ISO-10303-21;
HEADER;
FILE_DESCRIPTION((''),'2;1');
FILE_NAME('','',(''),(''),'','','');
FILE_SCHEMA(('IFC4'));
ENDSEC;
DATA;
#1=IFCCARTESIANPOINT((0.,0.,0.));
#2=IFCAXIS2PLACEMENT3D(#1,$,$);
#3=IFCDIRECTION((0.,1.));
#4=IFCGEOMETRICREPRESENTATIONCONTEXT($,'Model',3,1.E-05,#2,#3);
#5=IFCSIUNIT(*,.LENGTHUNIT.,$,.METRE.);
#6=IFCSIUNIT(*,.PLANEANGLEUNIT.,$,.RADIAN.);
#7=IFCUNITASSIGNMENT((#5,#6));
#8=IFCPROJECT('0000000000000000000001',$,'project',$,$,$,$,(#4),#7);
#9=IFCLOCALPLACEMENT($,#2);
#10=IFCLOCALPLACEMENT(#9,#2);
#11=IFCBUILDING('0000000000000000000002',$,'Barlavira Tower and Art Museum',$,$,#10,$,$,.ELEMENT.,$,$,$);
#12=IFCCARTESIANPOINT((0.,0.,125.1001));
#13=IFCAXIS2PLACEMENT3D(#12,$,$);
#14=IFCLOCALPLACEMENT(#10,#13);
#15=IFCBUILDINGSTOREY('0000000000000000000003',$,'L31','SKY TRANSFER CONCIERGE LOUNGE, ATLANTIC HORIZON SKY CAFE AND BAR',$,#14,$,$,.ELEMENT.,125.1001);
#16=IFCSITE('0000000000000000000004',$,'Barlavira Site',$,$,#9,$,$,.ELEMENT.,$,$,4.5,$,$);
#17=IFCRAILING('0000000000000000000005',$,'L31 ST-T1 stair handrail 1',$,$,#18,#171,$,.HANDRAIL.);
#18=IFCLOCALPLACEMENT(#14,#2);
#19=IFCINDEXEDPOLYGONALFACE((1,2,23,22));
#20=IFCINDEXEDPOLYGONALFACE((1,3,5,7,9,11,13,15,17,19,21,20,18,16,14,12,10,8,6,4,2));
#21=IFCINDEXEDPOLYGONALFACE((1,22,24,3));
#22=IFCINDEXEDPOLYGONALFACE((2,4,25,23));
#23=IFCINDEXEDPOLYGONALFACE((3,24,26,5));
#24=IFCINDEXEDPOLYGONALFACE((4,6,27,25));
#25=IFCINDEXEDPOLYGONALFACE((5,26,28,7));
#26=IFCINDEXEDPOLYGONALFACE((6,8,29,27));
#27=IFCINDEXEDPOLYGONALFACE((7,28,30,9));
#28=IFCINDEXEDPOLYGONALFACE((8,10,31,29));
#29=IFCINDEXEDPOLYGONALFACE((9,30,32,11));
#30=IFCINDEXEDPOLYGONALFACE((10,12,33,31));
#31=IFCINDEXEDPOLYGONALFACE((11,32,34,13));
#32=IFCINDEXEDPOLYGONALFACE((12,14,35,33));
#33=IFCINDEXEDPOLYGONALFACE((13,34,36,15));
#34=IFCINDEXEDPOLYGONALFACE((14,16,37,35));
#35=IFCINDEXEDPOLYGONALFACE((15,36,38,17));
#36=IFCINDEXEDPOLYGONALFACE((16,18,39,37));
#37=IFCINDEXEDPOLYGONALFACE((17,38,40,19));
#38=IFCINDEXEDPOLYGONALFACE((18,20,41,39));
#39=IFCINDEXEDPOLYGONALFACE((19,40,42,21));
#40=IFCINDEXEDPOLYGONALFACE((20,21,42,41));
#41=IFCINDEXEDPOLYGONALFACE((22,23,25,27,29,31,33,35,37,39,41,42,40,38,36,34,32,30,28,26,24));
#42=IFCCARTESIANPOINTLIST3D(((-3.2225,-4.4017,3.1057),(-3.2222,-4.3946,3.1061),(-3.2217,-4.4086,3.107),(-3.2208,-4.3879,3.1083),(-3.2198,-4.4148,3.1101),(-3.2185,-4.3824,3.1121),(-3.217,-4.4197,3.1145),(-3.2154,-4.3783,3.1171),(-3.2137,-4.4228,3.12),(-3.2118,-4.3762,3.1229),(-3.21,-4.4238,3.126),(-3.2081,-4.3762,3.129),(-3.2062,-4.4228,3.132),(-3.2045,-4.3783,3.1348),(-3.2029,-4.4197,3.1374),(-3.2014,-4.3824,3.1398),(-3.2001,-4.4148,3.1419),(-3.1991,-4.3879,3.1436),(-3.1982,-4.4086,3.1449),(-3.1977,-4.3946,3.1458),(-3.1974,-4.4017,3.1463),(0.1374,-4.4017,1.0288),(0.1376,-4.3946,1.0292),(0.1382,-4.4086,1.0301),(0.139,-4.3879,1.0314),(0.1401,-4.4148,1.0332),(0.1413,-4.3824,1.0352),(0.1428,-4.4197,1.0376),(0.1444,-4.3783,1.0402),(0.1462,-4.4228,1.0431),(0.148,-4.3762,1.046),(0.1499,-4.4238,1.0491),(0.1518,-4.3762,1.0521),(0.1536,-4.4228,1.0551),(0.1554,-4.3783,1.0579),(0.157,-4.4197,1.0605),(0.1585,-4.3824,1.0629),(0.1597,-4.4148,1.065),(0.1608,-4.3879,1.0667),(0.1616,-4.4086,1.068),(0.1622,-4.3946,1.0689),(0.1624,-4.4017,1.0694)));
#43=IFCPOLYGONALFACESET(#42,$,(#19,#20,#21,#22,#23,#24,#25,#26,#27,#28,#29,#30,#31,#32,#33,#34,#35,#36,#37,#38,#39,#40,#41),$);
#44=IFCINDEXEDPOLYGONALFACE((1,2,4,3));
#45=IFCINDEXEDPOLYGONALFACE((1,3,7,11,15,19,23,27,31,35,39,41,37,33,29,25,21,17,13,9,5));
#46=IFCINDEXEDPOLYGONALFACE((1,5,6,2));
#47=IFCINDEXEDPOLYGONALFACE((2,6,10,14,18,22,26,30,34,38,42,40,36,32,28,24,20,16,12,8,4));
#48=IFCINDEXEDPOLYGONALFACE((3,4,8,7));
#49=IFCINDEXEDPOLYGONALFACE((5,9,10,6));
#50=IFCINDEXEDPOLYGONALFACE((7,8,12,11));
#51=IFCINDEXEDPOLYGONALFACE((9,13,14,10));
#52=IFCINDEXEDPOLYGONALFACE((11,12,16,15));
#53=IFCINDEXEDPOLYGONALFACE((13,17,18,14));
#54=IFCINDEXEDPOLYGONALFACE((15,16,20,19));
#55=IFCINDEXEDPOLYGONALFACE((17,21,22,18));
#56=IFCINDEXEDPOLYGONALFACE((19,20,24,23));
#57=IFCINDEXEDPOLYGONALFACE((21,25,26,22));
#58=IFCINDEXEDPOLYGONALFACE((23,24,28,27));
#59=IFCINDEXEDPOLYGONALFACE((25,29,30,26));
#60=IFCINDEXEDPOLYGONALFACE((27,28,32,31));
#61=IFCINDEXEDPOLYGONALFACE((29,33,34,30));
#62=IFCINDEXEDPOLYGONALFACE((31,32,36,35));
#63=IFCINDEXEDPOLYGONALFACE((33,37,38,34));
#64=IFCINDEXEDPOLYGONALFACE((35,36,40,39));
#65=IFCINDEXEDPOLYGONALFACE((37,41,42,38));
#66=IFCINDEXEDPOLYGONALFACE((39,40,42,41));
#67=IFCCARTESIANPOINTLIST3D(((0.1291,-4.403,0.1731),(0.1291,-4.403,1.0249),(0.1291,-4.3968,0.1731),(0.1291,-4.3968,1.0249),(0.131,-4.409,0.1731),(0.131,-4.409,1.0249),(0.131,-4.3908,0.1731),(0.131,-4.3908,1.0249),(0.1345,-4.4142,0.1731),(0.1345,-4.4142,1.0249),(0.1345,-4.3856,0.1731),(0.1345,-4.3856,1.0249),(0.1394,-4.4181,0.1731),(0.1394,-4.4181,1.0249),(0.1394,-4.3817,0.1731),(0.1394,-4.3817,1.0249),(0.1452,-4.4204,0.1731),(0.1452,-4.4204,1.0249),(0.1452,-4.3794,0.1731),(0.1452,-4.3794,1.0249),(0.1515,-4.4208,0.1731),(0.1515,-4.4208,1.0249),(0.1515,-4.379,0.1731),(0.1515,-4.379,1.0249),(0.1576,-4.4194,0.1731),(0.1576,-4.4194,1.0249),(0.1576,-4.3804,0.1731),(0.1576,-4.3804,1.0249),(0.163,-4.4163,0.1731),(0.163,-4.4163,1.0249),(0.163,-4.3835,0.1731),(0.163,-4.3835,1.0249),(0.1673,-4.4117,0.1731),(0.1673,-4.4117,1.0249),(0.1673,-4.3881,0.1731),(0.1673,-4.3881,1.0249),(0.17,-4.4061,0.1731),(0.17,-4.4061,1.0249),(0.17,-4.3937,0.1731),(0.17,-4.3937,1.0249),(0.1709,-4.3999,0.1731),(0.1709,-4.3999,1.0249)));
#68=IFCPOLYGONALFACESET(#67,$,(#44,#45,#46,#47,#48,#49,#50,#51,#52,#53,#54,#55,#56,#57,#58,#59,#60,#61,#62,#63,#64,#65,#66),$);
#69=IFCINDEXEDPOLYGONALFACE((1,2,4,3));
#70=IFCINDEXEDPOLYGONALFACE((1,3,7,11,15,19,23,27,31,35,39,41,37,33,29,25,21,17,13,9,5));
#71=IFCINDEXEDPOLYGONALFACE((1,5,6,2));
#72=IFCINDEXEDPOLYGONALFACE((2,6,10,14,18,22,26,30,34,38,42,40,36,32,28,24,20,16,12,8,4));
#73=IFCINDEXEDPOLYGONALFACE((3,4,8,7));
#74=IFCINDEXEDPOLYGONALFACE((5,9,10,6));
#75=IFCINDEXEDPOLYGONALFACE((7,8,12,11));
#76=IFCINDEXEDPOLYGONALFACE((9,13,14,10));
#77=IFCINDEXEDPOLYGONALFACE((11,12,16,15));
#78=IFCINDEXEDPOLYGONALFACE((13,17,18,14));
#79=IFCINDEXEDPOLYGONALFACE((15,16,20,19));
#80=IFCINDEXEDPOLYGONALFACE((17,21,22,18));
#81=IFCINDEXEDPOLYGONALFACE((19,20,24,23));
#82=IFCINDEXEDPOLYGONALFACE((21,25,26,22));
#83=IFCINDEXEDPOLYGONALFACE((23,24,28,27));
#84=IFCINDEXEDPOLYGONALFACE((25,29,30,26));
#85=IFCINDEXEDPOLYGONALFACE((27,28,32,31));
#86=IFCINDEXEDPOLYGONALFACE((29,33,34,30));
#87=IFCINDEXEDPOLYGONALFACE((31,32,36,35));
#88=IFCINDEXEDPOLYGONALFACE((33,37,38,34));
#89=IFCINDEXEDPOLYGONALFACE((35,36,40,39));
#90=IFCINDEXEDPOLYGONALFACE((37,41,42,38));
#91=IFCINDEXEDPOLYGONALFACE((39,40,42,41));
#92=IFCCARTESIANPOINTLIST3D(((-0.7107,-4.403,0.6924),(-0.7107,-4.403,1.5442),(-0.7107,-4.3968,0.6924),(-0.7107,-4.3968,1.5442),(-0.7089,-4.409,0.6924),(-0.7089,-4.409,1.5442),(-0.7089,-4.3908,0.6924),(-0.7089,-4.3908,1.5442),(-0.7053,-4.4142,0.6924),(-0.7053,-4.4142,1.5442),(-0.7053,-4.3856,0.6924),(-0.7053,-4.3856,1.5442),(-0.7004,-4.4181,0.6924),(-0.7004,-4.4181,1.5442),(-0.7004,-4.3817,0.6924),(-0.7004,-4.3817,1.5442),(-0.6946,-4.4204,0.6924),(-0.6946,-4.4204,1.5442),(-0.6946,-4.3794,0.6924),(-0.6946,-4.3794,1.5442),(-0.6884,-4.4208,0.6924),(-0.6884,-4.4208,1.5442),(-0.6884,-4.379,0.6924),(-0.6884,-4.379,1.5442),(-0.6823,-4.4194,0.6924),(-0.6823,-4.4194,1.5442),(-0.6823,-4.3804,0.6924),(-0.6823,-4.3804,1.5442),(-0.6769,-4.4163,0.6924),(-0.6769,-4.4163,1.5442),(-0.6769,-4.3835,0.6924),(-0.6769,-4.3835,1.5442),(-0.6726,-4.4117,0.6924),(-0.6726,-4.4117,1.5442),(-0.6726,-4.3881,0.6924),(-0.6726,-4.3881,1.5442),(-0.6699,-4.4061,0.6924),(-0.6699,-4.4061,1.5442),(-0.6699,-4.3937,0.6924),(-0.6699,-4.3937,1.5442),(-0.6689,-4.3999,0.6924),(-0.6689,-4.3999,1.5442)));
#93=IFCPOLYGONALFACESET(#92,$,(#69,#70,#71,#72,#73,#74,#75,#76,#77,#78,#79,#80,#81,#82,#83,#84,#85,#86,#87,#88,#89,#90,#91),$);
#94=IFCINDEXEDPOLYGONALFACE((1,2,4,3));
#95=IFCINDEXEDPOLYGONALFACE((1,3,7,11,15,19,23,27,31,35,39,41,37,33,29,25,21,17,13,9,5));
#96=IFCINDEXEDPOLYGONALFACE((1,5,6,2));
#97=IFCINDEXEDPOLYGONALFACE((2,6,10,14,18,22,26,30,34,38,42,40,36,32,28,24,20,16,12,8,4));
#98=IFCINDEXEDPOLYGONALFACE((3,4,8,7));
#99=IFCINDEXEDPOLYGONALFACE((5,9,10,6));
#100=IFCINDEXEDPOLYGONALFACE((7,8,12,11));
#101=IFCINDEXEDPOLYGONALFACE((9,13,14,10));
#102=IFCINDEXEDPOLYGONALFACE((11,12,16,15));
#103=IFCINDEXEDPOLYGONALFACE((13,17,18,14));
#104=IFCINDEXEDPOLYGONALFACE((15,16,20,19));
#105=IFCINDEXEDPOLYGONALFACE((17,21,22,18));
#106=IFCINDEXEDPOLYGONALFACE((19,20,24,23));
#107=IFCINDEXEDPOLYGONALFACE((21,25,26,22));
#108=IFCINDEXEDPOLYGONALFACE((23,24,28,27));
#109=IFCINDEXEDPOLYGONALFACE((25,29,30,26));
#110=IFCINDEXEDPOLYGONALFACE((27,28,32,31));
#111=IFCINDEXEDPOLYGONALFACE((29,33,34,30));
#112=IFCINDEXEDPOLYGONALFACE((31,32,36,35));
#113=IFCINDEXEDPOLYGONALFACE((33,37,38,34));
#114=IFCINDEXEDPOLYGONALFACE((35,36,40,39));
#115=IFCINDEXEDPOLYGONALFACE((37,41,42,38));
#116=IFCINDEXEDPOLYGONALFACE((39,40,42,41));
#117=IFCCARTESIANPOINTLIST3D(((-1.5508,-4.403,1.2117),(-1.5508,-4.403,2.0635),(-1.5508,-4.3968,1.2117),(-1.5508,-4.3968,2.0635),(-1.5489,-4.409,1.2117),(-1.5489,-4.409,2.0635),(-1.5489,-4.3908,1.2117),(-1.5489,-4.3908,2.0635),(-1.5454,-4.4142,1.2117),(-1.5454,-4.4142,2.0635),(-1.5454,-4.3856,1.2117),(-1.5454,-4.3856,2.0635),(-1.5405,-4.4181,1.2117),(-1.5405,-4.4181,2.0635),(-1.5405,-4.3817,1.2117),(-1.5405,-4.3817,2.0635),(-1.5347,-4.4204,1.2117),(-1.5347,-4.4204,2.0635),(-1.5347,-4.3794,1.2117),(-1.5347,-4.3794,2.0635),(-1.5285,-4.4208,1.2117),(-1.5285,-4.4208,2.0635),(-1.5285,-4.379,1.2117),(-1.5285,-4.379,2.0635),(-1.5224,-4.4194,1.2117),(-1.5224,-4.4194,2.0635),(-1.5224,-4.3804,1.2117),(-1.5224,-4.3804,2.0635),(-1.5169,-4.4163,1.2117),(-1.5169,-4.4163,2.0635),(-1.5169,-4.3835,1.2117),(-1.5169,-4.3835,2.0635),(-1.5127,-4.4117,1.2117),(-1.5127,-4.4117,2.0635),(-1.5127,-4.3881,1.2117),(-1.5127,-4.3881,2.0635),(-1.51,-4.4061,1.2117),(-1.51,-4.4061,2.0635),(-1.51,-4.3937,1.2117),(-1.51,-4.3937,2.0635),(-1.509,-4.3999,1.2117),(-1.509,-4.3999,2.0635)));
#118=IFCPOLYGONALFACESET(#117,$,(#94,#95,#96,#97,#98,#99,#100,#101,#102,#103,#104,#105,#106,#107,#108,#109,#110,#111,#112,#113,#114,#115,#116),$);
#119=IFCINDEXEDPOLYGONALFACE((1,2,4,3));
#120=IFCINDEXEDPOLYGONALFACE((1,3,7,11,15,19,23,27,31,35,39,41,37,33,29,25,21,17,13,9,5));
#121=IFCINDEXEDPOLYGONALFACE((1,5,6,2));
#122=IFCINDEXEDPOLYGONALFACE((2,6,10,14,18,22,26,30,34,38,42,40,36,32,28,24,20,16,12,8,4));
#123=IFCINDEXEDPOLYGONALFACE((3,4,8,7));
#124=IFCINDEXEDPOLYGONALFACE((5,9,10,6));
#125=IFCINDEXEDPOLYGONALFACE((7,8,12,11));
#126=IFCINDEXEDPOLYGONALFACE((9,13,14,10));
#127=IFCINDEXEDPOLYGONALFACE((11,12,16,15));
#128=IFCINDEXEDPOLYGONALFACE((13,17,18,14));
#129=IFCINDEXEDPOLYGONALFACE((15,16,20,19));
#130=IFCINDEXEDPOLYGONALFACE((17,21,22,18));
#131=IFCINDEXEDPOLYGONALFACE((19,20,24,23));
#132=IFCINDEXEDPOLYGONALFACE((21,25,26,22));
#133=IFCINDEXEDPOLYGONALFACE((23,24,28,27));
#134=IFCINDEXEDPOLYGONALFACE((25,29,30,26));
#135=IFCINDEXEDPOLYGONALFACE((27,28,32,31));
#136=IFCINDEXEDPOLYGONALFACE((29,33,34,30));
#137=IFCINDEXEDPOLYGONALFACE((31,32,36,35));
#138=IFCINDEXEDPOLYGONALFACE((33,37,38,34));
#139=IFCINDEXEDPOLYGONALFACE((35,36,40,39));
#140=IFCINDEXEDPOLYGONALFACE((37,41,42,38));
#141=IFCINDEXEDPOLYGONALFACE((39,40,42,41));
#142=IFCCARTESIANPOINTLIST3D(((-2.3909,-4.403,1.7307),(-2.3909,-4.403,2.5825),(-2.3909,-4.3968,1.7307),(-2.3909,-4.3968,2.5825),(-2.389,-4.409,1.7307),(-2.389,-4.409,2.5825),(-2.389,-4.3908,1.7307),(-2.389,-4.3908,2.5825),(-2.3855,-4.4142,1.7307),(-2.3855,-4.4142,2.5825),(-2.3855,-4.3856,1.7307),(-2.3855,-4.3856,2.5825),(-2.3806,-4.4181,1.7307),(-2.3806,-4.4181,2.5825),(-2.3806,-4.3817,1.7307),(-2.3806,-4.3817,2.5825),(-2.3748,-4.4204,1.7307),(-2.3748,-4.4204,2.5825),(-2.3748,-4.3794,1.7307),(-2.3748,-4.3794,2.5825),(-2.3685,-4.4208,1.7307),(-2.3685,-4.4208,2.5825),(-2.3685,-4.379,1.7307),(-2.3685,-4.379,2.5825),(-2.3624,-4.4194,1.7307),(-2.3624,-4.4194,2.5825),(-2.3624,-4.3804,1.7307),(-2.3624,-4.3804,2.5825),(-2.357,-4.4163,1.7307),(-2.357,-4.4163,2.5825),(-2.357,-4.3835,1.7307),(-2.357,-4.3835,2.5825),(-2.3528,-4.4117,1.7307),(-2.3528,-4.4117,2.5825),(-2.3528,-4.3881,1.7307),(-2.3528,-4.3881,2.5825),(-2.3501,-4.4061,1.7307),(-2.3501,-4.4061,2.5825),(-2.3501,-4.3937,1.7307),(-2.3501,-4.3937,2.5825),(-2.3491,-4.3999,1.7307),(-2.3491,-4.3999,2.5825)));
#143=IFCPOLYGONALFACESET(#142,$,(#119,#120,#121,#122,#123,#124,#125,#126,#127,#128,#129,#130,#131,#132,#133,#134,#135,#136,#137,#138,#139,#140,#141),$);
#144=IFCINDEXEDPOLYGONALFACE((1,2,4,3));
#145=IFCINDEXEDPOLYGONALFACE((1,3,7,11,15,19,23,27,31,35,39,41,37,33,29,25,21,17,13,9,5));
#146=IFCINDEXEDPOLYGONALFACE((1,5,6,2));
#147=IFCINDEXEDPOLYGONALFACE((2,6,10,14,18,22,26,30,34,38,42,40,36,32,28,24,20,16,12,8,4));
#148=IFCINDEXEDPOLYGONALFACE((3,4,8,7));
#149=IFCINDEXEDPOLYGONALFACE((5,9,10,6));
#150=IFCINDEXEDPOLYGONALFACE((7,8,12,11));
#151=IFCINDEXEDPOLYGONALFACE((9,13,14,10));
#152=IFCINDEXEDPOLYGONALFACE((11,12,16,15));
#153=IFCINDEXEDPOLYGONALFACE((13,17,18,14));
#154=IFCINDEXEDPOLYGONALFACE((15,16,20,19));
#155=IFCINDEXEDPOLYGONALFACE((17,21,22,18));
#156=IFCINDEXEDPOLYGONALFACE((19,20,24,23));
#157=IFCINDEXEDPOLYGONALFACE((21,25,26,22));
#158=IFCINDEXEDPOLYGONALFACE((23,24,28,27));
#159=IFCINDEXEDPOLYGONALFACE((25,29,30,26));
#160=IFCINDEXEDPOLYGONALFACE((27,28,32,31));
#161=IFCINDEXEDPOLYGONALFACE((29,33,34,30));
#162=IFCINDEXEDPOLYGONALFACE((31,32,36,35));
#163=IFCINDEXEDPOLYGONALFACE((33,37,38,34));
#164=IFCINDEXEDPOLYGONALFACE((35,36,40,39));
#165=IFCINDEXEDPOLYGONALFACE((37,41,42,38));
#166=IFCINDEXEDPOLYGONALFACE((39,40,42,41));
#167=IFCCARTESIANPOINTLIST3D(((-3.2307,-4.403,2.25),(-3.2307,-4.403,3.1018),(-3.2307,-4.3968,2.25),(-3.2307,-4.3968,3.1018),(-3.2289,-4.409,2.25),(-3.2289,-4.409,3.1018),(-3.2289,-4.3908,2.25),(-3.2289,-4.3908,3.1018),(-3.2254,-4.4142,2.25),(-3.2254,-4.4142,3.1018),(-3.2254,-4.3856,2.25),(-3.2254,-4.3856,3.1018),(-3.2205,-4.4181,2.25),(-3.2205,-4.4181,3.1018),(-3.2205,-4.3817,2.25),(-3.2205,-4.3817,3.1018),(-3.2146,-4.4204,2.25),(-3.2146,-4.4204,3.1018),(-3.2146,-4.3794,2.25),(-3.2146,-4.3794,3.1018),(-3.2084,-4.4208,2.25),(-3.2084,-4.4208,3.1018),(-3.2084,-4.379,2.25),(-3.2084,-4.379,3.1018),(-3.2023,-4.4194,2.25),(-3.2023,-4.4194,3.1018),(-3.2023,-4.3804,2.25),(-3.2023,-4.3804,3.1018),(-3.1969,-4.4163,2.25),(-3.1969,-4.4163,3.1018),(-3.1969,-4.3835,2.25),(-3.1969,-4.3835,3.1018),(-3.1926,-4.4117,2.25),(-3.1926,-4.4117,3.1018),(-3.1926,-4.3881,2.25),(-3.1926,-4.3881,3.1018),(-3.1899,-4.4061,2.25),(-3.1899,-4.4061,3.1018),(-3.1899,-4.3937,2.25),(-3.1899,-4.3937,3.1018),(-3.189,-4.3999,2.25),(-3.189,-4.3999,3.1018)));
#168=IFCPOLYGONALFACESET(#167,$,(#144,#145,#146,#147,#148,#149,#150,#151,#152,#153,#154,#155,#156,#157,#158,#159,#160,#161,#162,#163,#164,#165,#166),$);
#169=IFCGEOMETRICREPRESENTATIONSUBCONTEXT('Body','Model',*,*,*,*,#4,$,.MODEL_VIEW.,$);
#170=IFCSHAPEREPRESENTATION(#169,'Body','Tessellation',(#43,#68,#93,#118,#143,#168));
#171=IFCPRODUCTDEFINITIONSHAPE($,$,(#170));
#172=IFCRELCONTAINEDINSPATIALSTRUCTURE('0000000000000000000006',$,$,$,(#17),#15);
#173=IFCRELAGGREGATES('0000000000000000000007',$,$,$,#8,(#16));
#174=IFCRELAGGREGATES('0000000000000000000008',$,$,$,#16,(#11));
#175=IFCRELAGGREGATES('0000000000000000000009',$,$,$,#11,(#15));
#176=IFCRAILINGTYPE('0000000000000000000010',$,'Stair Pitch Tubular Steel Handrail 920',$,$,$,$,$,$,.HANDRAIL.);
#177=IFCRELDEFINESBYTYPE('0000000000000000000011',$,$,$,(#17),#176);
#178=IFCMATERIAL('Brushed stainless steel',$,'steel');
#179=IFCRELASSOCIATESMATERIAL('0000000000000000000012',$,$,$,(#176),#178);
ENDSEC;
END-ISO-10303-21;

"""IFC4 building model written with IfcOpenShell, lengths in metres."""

from ifc_helpers import new_model, si_unit, direction, frame, origin, origin_2d, place, context, subcontext, project, spatial, circle, extrude, material, type_object, element, save


model = new_model("IFC4")

# Units and contexts
model_context = context("Model", 3, precision=1e-05, world=origin(), true_north=direction((0.0, 1.0)))
body_context = subcontext(model_context, "Body", "Model", "MODEL_VIEW")
ifc_project = project(units=[si_unit("LENGTHUNIT", "METRE"), si_unit("PLANEANGLEUNIT", "RADIAN")], contexts=[model_context])

# Site, building, storey
site_placement = place(None, origin())
site = spatial("IfcSite", under=ifc_project, at=site_placement, Name="Barlavira Site", CompositionType="ELEMENT", RefElevation=4.5)
building_placement = place(site_placement, origin())
building = spatial("IfcBuilding", under=site, at=building_placement, Name="Barlavira Tower and Art Museum", CompositionType="ELEMENT")
storey_placement = place(building_placement, frame((0.0, 0.0, 125.1001)))
storey = spatial("IfcBuildingStorey", under=building, at=storey_placement, Name="L31", Description="SKY TRANSFER CONCIERGE LOUNGE, ATLANTIC HORIZON SKY CAFE AND BAR", CompositionType="ELEMENT", Elevation=125.1001)

# Shared definitions
ifc_material_1 = material(Name="Brushed stainless steel", Category="steel")

# Railing
railing_type_1 = type_object("IfcRailingType", Name="Stair Pitch Tubular Steel Handrail 920", PredefinedType="HANDRAIL", material=ifc_material_1)
railing_1_placement = place(storey_placement, frame((0.1499, -4.3999, 0.1731)))
element("IfcRailing", 1, at=railing_1_placement, inside=storey, type_object=railing_type_1, Name="L31 ST-T1 stair handrail 1", PredefinedType="HANDRAIL", context=body_context, shape_type="SweptSolid", body=[
    extrude(circle(Radius=0.0239, at=origin_2d()), frame((0.0, 0.0, 0.876), z_axis=(-0.850606, 0.0, 0.525803), x_axis=(0.0, -1.0, 0.0)), (0.0, 0.0, 1.0), 3.95),
    extrude(circle(Radius=0.021, at=origin_2d()), origin(), (0.0, 0.0, 1.0), 0.8518),
    extrude(circle(Radius=0.021, at=origin_2d()), frame((-0.8398, 0.0, 0.5193)), (0.0, 0.0, 1.0), 0.8518),
    extrude(circle(Radius=0.021, at=origin_2d()), frame((-1.6799, 0.0, 1.0386)), (0.0, 0.0, 1.0), 0.8518),
    extrude(circle(Radius=0.021, at=origin_2d()), frame((-2.52, 0.0, 1.5576)), (0.0, 0.0, 1.0), 0.8518),
    extrude(circle(Radius=0.021, at=origin_2d()), frame((-3.3599, 0.0, 2.0769)), (0.0, 0.0, 1.0), 0.8518),
])

save(model, "model.ifc")
